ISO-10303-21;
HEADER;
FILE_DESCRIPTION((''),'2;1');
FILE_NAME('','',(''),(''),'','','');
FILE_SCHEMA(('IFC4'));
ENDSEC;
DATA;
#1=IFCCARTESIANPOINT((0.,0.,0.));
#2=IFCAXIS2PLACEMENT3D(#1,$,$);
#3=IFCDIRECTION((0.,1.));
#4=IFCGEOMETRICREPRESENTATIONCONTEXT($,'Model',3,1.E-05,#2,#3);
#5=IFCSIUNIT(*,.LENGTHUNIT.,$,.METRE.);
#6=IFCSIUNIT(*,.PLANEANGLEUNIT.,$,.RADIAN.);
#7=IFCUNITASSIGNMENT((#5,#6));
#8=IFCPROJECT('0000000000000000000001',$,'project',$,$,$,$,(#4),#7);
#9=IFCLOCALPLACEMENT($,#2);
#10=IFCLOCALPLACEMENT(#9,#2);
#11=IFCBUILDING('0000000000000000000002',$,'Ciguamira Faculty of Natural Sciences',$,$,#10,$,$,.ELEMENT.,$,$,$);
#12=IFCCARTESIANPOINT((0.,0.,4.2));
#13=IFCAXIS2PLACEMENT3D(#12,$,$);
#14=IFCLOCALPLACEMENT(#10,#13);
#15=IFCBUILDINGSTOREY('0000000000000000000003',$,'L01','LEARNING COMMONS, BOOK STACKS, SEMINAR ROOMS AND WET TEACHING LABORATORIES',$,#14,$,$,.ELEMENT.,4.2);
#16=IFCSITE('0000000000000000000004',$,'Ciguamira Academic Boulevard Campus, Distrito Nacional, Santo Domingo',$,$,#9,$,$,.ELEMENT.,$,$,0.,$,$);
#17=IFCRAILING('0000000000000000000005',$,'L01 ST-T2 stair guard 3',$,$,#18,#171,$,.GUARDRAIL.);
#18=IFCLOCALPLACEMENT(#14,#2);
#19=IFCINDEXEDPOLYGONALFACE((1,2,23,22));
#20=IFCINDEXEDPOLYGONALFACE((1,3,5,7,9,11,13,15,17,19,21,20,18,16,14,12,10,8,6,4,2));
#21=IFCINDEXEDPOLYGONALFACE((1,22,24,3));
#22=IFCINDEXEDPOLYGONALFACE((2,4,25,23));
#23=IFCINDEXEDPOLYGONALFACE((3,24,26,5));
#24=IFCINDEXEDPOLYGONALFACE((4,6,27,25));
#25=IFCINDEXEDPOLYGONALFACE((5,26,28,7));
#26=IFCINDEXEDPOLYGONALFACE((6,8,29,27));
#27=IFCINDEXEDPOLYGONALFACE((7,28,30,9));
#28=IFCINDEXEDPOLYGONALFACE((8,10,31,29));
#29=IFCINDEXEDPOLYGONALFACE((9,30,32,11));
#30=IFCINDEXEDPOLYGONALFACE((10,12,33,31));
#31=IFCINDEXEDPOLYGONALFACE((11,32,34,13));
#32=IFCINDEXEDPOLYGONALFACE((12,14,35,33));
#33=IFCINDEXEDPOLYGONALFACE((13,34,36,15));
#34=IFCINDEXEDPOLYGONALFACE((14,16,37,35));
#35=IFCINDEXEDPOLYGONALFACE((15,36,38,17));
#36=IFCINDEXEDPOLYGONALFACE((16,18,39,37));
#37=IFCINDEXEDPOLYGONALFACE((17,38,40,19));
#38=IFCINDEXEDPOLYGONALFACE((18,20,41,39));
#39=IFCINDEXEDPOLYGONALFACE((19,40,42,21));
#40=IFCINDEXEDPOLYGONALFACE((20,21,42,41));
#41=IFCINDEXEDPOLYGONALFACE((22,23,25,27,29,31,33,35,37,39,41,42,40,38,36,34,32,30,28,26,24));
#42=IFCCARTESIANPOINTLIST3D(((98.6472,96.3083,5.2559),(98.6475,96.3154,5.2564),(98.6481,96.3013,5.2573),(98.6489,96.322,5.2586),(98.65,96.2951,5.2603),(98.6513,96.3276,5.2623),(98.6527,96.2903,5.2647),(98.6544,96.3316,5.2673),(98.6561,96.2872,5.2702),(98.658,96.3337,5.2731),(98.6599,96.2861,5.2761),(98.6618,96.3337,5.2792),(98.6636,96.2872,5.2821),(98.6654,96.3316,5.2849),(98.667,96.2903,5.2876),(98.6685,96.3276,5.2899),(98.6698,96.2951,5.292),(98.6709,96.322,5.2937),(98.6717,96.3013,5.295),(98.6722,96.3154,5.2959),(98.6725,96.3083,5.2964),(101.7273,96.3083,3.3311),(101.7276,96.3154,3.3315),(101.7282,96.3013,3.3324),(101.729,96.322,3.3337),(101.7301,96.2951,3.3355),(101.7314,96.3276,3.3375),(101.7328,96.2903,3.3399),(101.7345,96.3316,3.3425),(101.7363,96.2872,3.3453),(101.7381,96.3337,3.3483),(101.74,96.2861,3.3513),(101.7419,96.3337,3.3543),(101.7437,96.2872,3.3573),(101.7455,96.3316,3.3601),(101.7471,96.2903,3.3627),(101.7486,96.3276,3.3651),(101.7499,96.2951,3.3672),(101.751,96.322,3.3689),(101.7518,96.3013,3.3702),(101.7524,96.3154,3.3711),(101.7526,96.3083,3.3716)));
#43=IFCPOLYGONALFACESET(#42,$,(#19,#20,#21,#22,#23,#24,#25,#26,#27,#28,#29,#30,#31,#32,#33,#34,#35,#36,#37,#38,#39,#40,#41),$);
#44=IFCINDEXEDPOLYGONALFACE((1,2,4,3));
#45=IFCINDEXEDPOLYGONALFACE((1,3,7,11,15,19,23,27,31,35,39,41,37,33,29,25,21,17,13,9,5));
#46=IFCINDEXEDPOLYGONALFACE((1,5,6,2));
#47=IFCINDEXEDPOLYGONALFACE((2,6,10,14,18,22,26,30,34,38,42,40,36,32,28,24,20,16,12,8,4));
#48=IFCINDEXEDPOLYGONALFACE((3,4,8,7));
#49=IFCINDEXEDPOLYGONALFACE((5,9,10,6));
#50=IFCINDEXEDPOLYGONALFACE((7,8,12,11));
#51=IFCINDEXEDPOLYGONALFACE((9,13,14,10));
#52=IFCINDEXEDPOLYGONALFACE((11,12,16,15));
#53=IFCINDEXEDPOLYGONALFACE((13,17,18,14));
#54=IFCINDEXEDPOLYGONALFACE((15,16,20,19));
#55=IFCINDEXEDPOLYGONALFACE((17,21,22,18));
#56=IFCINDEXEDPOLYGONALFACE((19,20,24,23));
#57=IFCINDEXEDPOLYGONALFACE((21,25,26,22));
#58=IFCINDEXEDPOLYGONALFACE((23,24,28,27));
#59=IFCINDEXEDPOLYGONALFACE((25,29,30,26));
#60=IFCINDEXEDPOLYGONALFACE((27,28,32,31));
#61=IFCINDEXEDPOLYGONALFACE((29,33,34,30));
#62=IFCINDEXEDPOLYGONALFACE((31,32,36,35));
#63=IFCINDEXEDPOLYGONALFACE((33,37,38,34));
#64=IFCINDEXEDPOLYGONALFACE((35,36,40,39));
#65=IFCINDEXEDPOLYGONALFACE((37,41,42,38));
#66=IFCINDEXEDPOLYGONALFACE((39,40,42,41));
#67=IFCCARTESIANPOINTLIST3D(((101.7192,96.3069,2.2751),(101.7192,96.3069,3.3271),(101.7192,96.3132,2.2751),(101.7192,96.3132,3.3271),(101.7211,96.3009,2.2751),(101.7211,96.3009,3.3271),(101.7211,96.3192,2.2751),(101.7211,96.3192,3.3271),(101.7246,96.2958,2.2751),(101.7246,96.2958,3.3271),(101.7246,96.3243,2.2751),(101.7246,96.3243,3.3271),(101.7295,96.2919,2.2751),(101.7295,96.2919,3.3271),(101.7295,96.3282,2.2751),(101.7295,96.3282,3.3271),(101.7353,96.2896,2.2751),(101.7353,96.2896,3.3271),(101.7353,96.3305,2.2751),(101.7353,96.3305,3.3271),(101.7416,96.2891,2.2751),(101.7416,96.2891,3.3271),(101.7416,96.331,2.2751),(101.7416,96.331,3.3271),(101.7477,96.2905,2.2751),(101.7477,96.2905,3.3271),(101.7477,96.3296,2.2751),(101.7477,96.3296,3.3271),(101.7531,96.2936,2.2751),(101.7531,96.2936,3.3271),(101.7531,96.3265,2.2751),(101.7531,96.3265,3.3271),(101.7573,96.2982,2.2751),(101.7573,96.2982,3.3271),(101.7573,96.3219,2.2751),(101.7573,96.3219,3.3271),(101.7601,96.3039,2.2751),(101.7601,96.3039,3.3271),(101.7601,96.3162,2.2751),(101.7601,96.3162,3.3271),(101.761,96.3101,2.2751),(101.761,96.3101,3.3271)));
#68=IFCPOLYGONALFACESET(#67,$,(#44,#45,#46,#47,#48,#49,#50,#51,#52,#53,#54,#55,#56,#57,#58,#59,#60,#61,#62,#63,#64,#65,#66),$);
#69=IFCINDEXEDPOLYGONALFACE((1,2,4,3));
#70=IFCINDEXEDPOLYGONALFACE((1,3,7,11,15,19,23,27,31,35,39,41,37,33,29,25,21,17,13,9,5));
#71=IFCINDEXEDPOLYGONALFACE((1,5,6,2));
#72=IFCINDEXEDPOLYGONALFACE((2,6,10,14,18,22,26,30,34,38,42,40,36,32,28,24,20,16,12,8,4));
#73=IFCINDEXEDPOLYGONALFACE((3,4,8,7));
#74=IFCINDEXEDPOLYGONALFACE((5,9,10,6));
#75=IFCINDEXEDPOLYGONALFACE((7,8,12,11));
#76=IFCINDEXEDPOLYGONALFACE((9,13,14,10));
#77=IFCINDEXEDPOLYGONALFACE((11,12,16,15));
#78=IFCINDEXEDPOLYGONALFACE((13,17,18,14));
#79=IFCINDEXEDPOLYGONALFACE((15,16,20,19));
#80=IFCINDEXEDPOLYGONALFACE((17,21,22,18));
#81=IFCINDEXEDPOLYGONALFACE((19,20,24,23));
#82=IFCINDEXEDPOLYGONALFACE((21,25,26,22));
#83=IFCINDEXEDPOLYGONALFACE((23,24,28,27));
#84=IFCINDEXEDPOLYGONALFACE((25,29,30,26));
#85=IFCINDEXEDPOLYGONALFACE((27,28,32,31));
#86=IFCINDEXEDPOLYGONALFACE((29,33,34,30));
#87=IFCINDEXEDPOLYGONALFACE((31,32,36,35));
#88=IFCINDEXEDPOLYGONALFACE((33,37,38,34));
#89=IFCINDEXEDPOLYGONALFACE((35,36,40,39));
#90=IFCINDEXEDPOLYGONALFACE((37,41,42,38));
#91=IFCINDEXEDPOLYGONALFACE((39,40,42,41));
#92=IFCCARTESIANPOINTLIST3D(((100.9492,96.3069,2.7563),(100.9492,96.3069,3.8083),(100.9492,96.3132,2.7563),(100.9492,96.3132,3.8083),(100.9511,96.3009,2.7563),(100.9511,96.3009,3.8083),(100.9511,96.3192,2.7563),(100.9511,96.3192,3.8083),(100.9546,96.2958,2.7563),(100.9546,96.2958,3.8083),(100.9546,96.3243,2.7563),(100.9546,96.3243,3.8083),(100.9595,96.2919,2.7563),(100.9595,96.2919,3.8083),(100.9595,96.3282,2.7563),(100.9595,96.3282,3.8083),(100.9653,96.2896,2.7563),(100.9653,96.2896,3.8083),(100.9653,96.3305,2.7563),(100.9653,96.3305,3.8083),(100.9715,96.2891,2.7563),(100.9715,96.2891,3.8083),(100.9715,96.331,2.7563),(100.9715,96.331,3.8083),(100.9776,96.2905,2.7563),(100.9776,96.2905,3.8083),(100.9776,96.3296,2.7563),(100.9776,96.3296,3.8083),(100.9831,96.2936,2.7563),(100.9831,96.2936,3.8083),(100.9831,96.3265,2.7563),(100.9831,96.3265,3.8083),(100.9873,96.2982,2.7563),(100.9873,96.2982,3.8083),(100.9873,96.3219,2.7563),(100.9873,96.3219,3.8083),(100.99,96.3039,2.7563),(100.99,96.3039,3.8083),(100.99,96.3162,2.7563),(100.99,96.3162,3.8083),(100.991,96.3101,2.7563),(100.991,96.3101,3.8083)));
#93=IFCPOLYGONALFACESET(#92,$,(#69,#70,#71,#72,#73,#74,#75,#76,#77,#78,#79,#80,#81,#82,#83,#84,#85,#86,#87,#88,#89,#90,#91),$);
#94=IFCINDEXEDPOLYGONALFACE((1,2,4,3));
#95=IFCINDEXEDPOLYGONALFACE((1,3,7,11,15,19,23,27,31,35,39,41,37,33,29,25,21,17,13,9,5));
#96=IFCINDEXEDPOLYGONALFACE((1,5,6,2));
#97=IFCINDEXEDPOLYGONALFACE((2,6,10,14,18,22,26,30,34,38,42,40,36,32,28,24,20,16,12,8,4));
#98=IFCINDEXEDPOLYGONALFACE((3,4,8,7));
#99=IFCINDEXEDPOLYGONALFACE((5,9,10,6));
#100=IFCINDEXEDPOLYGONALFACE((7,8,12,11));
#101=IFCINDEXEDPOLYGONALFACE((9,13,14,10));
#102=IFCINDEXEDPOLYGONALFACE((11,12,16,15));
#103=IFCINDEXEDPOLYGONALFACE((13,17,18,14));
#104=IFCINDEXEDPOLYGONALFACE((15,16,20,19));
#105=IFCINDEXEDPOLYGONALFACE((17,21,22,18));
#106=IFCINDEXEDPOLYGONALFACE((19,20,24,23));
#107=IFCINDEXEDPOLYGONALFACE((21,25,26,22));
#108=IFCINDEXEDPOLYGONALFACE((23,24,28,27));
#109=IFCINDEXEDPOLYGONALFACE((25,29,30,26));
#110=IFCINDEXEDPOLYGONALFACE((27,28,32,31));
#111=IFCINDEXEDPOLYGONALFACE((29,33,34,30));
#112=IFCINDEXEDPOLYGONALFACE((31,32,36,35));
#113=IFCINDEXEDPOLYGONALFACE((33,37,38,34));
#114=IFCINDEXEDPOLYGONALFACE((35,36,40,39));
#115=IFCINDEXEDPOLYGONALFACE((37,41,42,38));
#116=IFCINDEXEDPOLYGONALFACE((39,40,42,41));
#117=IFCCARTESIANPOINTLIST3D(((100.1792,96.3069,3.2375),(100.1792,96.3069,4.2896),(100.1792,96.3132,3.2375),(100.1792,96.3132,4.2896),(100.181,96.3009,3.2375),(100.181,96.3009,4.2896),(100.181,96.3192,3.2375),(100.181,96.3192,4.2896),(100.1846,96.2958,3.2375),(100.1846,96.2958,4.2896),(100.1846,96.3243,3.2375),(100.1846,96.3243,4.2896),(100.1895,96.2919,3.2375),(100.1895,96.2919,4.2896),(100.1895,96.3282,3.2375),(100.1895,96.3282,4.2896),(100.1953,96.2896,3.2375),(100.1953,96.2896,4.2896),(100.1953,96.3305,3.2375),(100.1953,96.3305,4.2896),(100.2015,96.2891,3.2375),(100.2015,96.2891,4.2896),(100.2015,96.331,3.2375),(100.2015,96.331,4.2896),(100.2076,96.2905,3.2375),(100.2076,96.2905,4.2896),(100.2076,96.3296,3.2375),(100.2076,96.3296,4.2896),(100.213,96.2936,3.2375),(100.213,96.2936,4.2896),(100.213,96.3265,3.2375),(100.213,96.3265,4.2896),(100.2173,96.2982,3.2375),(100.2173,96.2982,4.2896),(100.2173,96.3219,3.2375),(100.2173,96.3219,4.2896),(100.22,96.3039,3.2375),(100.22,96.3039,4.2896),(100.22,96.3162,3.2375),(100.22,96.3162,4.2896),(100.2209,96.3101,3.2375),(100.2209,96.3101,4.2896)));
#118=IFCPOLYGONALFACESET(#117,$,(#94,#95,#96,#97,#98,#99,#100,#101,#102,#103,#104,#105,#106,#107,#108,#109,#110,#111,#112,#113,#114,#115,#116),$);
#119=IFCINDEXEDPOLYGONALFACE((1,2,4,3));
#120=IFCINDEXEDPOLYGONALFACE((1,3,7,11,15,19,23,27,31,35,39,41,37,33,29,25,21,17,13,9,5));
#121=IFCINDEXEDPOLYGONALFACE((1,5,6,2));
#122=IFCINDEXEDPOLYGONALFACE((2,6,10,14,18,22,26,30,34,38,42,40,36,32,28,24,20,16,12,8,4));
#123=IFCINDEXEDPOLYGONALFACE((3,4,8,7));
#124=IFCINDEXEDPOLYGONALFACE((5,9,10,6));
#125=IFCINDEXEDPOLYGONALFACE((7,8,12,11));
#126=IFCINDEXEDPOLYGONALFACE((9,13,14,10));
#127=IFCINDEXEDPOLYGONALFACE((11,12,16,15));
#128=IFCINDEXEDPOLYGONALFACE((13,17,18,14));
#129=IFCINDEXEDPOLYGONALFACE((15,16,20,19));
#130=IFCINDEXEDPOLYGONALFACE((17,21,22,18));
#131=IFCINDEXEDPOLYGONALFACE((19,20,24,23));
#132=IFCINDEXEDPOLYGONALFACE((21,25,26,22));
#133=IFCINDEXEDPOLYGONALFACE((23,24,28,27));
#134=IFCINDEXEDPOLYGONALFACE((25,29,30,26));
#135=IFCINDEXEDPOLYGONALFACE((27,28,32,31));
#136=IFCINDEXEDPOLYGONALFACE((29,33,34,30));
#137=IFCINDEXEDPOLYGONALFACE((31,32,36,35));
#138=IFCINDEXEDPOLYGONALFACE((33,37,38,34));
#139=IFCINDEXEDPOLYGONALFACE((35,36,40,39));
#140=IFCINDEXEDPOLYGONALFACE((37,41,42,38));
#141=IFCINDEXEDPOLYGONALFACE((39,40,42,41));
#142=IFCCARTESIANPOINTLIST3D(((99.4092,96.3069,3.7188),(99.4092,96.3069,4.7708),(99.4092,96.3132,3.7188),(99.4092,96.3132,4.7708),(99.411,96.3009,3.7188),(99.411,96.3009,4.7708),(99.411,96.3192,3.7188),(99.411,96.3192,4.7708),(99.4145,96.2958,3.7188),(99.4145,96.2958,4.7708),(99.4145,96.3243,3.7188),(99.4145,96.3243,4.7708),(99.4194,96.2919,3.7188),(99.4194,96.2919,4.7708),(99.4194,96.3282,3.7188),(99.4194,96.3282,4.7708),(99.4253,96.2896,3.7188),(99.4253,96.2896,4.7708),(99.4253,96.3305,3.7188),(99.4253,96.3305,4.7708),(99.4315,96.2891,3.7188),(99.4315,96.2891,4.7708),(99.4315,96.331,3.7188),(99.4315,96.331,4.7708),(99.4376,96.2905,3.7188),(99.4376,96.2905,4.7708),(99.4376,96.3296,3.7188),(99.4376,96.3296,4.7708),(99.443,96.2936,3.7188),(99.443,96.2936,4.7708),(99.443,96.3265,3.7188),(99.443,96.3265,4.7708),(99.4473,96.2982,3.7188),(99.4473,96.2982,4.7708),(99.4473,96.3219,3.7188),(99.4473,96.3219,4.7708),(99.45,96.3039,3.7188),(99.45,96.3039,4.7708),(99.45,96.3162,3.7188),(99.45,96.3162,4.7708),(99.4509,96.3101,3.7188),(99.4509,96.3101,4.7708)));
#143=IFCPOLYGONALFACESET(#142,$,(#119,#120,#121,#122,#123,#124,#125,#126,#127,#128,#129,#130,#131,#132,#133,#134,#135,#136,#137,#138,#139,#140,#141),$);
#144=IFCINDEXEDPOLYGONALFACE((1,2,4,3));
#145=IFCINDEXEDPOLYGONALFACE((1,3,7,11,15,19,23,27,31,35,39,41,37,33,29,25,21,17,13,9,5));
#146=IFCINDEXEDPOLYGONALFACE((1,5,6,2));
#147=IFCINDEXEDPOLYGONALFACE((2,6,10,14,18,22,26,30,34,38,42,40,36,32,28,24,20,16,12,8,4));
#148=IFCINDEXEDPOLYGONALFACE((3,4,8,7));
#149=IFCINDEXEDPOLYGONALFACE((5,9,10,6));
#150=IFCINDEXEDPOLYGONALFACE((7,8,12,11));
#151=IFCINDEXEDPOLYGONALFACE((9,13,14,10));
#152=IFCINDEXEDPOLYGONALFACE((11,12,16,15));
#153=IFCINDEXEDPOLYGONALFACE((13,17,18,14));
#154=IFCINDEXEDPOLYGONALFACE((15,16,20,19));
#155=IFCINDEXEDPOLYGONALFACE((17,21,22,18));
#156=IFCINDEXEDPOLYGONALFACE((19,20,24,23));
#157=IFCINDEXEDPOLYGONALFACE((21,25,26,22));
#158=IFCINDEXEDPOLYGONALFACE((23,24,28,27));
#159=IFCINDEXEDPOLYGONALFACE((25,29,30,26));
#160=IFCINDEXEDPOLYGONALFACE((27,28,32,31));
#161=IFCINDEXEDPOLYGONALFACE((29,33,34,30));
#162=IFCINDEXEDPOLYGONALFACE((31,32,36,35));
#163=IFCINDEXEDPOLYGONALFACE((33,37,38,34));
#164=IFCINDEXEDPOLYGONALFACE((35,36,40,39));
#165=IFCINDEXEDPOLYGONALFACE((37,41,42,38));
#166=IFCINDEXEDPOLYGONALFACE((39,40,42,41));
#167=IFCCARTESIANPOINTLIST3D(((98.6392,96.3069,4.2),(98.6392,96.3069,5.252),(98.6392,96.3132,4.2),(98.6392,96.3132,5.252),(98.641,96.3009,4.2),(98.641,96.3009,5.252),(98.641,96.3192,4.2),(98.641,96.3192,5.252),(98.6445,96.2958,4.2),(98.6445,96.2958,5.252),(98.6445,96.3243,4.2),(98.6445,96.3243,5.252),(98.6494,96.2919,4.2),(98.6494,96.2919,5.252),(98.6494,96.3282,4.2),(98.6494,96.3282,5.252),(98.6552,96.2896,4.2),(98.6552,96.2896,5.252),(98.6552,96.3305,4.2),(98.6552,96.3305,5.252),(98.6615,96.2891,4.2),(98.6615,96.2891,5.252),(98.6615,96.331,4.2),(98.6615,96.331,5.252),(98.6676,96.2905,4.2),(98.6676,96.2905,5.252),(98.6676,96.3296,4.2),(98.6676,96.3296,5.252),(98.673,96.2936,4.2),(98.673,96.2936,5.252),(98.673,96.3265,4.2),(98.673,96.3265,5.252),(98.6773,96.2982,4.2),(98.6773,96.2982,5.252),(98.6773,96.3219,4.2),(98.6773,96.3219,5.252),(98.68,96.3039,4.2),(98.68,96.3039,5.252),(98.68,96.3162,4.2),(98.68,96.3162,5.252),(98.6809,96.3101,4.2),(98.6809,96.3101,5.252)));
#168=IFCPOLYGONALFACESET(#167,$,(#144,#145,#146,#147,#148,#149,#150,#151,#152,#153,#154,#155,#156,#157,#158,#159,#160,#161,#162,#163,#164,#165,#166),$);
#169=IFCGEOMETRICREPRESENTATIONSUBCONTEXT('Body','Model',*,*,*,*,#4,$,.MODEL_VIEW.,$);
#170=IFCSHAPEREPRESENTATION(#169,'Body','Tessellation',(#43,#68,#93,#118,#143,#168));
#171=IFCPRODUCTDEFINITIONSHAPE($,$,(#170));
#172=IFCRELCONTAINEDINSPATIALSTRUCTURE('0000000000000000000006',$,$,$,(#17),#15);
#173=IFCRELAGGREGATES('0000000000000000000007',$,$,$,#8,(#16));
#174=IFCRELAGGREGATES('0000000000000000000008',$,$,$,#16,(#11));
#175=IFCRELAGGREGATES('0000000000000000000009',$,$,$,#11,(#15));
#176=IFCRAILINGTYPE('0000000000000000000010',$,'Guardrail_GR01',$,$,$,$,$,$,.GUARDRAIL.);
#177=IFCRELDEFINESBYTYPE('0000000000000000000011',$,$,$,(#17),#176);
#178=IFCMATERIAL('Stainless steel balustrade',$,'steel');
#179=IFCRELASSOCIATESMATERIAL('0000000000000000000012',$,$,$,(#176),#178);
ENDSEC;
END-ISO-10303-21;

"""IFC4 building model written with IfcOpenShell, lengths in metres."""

from ifc_helpers import new_model, si_unit, direction, frame, origin, origin_2d, place, context, subcontext, project, spatial, circle, extrude, material, type_object, element, save


model = new_model("IFC4")

# Units and contexts
model_context = context("Model", 3, precision=1e-05, world=origin(), true_north=direction((0.0, 1.0)))
body_context = subcontext(model_context, "Body", "Model", "MODEL_VIEW")
ifc_project = project(units=[si_unit("LENGTHUNIT", "METRE"), si_unit("PLANEANGLEUNIT", "RADIAN")], contexts=[model_context])

# Site, building, storey
site_placement = place(None, origin())
site = spatial("IfcSite", under=ifc_project, at=site_placement, Name="Ciguamira Academic Boulevard Campus, Distrito Nacional, Santo Domingo", CompositionType="ELEMENT", RefElevation=0.0)
building_placement = place(site_placement, origin())
building = spatial("IfcBuilding", under=site, at=building_placement, Name="Ciguamira Faculty of Natural Sciences", CompositionType="ELEMENT")
storey_placement = place(building_placement, frame((0.0, 0.0, 4.2)))
storey = spatial("IfcBuildingStorey", under=building, at=storey_placement, Name="L01", Description="LEARNING COMMONS, BOOK STACKS, SEMINAR ROOMS AND WET TEACHING LABORATORIES", CompositionType="ELEMENT", Elevation=4.2)

# Railing
ifc_material_1 = material(Name="Stainless steel balustrade", Category="steel")
railing_type = type_object("IfcRailingType", Name="Guardrail_GR01", PredefinedType="GUARDRAIL", material=ifc_material_1)
railing_1_placement = place(storey_placement, frame((101.74, 96.3101, 2.2751)))
element("IfcRailing", 1, at=railing_1_placement, inside=storey, type_object=railing_type, Name="L01 ST-T2 stair guard 3", PredefinedType="GUARDRAIL", context=body_context, shape_type="SweptSolid", body=[
    extrude(circle(Radius=0.0239, at=origin_2d()), frame((0.0, 0.0, 1.0762), z_axis=(-0.848029, 0.0, 0.529951), x_axis=(0.0, -1.0, 0.0)), (0.0, 0.0, 1.0), 3.6321),
    extrude(circle(Radius=0.021, at=origin_2d()), origin(), (0.0, 0.0, 1.0), 1.052),
    extrude(circle(Radius=0.021, at=origin_2d()), frame((-0.77, 0.0, 0.4812)), (0.0, 0.0, 1.0), 1.052),
    extrude(circle(Radius=0.021, at=origin_2d()), frame((-1.54, 0.0, 0.9624)), (0.0, 0.0, 1.0), 1.052),
    extrude(circle(Radius=0.021, at=origin_2d()), frame((-2.3101, 0.0, 1.4436)), (0.0, 0.0, 1.0), 1.052),
    extrude(circle(Radius=0.021, at=origin_2d()), frame((-3.0801, 0.0, 1.9248)), (0.0, 0.0, 1.0), 1.052),
])

save(model, "model.ifc")
